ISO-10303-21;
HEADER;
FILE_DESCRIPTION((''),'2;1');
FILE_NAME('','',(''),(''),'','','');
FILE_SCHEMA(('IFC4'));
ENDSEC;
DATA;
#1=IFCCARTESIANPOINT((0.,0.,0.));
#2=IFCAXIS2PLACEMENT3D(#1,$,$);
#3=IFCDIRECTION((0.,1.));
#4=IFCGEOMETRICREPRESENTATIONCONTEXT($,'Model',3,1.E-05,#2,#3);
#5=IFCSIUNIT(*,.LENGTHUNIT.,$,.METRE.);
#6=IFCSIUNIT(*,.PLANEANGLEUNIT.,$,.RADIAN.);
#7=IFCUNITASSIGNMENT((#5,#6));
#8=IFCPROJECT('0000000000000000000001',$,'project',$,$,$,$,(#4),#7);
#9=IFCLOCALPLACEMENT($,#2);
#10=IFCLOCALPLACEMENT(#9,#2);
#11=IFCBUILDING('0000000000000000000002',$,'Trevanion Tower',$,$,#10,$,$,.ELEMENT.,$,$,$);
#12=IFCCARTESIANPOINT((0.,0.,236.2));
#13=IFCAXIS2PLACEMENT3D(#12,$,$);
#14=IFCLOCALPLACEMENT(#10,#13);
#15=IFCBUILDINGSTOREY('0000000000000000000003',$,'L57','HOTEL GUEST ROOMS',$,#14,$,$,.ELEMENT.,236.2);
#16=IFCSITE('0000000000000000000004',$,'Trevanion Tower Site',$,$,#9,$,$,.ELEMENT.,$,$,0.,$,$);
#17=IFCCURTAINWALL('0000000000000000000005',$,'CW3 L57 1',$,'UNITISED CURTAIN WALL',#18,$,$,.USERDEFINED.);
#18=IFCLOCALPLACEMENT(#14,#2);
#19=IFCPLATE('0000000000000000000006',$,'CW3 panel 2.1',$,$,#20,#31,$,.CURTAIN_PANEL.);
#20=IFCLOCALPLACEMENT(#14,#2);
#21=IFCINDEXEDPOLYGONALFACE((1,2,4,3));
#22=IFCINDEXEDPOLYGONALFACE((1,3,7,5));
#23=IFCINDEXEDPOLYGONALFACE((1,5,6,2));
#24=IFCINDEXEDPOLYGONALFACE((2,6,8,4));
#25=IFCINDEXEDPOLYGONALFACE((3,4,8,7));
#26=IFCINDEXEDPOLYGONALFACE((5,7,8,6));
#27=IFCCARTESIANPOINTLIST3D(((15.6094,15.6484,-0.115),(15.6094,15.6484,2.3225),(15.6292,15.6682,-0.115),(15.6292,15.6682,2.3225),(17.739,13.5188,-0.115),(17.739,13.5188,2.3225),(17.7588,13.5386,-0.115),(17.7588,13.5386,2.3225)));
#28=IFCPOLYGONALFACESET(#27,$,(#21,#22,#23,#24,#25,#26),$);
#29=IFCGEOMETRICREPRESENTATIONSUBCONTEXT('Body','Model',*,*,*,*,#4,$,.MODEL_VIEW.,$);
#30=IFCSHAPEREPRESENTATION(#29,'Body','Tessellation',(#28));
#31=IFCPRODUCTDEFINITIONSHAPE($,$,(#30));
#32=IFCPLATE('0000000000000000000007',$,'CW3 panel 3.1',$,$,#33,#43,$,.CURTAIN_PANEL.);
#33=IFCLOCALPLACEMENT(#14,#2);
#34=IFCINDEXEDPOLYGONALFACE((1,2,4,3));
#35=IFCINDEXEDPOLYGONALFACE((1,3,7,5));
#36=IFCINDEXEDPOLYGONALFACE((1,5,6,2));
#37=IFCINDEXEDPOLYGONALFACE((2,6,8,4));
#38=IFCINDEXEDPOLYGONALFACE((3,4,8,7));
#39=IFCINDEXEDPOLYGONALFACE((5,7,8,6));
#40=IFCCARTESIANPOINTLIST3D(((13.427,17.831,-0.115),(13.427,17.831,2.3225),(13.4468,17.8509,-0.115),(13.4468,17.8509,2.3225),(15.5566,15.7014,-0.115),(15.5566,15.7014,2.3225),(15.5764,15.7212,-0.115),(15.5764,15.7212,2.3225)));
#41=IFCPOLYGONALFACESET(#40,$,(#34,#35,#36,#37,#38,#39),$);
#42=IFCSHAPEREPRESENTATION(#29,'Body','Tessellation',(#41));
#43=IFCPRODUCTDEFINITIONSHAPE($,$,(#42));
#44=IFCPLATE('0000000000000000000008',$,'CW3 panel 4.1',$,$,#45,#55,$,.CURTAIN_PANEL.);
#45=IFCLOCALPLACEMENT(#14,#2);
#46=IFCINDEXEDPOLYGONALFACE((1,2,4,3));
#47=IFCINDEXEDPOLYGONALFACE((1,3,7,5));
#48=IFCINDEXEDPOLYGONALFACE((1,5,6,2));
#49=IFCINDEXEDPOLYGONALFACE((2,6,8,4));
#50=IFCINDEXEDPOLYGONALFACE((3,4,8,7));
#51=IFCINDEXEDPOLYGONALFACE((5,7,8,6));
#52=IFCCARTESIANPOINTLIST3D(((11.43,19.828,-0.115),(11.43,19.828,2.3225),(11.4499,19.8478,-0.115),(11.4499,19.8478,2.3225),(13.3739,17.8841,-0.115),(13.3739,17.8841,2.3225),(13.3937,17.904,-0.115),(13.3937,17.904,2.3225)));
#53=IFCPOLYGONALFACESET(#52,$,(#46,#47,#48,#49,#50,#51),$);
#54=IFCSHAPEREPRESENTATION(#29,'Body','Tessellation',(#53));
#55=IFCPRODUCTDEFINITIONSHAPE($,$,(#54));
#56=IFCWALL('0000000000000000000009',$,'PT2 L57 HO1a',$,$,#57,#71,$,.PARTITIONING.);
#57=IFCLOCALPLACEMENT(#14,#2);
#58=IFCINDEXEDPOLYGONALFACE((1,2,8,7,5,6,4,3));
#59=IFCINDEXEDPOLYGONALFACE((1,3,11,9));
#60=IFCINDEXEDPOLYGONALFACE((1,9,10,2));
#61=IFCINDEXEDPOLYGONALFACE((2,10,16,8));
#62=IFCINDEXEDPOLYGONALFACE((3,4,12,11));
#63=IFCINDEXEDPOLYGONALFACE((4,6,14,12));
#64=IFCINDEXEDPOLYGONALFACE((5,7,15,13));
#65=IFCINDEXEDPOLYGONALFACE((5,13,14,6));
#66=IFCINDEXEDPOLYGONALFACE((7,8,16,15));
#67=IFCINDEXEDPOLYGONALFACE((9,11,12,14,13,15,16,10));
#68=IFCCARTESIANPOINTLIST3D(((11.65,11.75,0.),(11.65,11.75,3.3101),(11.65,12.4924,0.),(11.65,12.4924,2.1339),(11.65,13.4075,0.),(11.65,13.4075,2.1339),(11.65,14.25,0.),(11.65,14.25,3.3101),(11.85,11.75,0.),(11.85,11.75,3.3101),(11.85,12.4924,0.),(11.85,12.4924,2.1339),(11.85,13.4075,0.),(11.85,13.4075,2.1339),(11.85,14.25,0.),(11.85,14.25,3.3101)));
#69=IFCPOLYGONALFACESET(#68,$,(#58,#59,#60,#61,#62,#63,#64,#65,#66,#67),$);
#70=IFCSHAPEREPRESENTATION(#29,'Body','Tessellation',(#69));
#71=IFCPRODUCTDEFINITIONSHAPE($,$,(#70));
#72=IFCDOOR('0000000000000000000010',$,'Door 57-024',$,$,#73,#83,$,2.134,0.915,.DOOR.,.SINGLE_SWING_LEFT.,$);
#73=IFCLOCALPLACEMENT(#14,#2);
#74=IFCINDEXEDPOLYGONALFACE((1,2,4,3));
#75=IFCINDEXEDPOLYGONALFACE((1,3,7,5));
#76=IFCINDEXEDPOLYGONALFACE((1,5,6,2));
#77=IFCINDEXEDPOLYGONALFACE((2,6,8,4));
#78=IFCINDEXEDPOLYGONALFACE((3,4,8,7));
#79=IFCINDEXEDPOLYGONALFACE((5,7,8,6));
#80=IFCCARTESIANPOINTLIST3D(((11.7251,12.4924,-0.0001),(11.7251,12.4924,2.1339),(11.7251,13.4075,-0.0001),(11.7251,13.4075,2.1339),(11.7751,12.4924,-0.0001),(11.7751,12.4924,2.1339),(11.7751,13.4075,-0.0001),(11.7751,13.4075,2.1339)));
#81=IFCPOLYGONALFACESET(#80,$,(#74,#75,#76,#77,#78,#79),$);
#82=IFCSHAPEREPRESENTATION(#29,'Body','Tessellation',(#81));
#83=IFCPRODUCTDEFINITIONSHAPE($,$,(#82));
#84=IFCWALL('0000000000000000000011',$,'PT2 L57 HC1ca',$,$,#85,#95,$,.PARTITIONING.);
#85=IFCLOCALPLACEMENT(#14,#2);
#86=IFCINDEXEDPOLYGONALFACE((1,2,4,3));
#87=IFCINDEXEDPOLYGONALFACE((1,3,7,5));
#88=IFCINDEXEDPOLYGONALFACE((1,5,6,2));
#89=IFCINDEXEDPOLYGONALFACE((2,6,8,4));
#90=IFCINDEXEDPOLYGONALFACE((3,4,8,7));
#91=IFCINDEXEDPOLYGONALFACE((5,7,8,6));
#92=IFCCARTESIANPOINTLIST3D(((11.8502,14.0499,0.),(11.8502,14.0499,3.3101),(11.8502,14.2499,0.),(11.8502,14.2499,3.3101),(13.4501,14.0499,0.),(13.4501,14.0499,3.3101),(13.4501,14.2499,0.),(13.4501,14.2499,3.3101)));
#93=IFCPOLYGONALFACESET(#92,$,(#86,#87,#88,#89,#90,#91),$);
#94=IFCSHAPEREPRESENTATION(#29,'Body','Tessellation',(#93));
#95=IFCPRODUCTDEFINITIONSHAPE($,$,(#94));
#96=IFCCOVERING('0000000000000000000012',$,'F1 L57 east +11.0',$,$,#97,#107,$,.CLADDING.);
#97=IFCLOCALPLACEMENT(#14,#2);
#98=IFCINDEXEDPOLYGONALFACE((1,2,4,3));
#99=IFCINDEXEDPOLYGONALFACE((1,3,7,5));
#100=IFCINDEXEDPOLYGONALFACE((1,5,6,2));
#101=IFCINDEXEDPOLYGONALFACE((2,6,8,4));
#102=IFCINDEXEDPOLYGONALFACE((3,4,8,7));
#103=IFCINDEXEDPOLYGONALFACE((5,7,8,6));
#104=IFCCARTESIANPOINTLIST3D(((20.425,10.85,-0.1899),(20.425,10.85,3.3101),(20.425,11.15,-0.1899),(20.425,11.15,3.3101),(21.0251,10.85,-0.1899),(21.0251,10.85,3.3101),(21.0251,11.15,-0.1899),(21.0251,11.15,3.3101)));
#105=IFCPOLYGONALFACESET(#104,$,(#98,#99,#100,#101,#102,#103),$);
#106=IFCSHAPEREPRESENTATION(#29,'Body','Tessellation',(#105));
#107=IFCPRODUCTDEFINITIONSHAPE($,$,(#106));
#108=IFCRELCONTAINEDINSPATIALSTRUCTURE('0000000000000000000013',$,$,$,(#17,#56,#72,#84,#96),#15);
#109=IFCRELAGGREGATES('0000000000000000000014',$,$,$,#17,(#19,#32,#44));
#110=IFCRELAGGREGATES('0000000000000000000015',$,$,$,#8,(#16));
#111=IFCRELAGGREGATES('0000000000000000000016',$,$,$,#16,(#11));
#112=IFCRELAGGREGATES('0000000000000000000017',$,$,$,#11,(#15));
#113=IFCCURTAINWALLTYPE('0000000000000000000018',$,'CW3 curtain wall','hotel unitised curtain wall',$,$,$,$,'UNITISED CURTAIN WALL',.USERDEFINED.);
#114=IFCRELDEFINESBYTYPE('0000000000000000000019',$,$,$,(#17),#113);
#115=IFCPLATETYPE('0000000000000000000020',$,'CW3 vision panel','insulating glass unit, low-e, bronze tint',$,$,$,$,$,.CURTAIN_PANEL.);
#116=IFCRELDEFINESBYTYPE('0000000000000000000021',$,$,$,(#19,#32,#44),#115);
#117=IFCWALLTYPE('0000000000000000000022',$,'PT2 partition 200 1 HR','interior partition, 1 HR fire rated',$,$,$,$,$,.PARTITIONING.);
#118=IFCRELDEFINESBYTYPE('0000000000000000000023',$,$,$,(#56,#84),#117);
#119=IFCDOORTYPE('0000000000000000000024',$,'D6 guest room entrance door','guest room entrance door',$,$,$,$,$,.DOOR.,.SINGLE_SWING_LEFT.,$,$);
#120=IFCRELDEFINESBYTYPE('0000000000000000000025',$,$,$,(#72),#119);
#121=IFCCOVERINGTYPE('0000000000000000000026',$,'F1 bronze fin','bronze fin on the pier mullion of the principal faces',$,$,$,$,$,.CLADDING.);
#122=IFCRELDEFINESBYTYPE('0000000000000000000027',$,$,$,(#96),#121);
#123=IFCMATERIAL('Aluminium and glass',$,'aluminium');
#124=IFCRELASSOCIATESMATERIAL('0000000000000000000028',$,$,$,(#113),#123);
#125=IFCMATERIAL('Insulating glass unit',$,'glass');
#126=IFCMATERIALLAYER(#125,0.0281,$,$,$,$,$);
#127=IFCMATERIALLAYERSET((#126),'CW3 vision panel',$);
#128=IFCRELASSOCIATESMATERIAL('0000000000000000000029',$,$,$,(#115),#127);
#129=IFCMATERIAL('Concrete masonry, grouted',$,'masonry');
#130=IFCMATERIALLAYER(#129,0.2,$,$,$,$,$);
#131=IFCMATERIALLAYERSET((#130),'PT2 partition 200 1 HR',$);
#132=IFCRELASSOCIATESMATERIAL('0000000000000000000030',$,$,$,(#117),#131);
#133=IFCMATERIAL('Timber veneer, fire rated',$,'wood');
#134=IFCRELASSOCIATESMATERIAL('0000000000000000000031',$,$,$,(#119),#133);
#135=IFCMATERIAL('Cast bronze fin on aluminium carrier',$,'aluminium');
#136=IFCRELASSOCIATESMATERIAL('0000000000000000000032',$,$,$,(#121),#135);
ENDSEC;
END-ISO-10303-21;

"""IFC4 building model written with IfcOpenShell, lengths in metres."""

from ifc_helpers import new_model, si_unit, direction, frame, frame_2d, origin, origin_2d, place, context, subcontext, project, spatial, rectangle, extrude, material, layer, layer_set, type_object, element, fill, aggregate, save


model = new_model("IFC4")

# Units and contexts
model_context = context("Model", 3, precision=1e-05, world=origin(), true_north=direction((0.0, 1.0)))
body_context = subcontext(model_context, "Body", "Model", "MODEL_VIEW")
ifc_project = project(units=[si_unit("LENGTHUNIT", "METRE"), si_unit("PLANEANGLEUNIT", "RADIAN")], contexts=[model_context])

# Site, building, storey
site_placement = place(None, origin())
site = spatial("IfcSite", under=ifc_project, at=site_placement, Name="Trevanion Tower Site", CompositionType="ELEMENT", RefElevation=0.0)
building_placement = place(site_placement, origin())
building = spatial("IfcBuilding", under=site, at=building_placement, Name="Trevanion Tower", CompositionType="ELEMENT")
storey_placement = place(building_placement, frame((0.0, 0.0, 236.2)))
storey = spatial("IfcBuildingStorey", under=building, at=storey_placement, Name="L57", Description="HOTEL GUEST ROOMS", CompositionType="ELEMENT", Elevation=236.2)

# Curtain wall
ifc_material_1 = material(Name="Aluminium and glass", Category="aluminium")
curtain_wall_type = type_object("IfcCurtainWallType", Name="CW3 curtain wall", Description="hotel unitised curtain wall", ElementType="UNITISED CURTAIN WALL", PredefinedType="USERDEFINED", material=ifc_material_1)
curtain_wall_1_placement = place(storey_placement, origin())
curtain_wall_1 = element("IfcCurtainWall", 1, at=curtain_wall_1_placement, inside=storey, type_object=curtain_wall_type, Name="CW3 L57 1", ObjectType="UNITISED CURTAIN WALL", PredefinedType="USERDEFINED")

# Plates
ifc_material_2 = material(Name="Insulating glass unit", Category="glass")
ifc_layer_1 = layer(ifc_material_2, 0.0281)
ifc_layer_set_1 = layer_set([ifc_layer_1], Name="CW3 vision panel")
plate_type_1 = type_object("IfcPlateType", Name="CW3 vision panel", Description="insulating glass unit, low-e, bronze tint", PredefinedType="CURTAIN_PANEL", material=ifc_layer_set_1)
plate_1_placement = place(storey_placement, frame((16.6841, 14.5935, -0.115), z_axis=(0.0, 0.0, 1.0), x_axis=(-0.707107, 0.707107, 0.0)))
plate_1 = element("IfcPlate", 2, at=plate_1_placement, type_object=plate_type_1, Name="CW3 panel 2.1", PredefinedType="CURTAIN_PANEL", context=body_context, shape_type="SweptSolid", body=[
    extrude(rectangle(XDim=3.0117, YDim=0.0281, at=origin_2d()), origin(), (0.0, 0.0, 1.0), 2.4375),
])
plate_2_placement = place(storey_placement, frame((14.5017, 16.7761, -0.115), z_axis=(0.0, 0.0, 1.0), x_axis=(-0.707107, 0.707107, 0.0)))
plate_2 = element("IfcPlate", 3, at=plate_2_placement, type_object=plate_type_1, Name="CW3 panel 3.1", PredefinedType="CURTAIN_PANEL", context=body_context, shape_type="SweptSolid", body=[
    extrude(rectangle(XDim=3.0117, YDim=0.0281, at=origin_2d()), origin(), (0.0, 0.0, 1.0), 2.4375),
])
plate_3_placement = place(storey_placement, frame((12.4119, 18.866, -0.115), z_axis=(0.0, 0.0, 1.0), x_axis=(-0.707107, 0.707107, 0.0)))
plate_3 = element("IfcPlate", 4, at=plate_3_placement, type_object=plate_type_1, Name="CW3 panel 4.1", PredefinedType="CURTAIN_PANEL", context=body_context, shape_type="SweptSolid", body=[
    extrude(rectangle(XDim=2.749, YDim=0.0281, at=origin_2d()), origin(), (0.0, 0.0, 1.0), 2.4375),
])
aggregate(curtain_wall_1, [plate_1, plate_2, plate_3])

# Wall, opening, door
ifc_material_3 = material(Name="Concrete masonry, grouted", Category="masonry")
ifc_layer_2 = layer(ifc_material_3, 0.2)
ifc_layer_set_2 = layer_set([ifc_layer_2], Name="PT2 partition 200 1 HR")
wall_type = type_object("IfcWallType", Name="PT2 partition 200 1 HR", Description="interior partition, 1 HR fire rated", PredefinedType="PARTITIONING", material=ifc_layer_set_2)
wall_1_placement = place(storey_placement, frame((11.75, 11.75, 0.0), z_axis=(0.0, 0.0, 1.0), x_axis=(0.0, 1.0, 0.0)))
wall_1 = element("IfcWall", 5, at=wall_1_placement, inside=storey, type_object=wall_type, Name="PT2 L57 HO1a", PredefinedType="PARTITIONING", context=body_context, shape_type="SweptSolid", body=[
    extrude(rectangle(XDim=2.5, YDim=0.2, at=frame_2d((1.25, 0.0))), origin(), (0.0, 0.0, 1.0), 3.3101),
])
opening_placement = place(wall_1_placement, frame((0.7424, 0.0, 0.0)))
opening = element("IfcOpeningElement", 6, at=opening_placement, cuts=wall_1, PredefinedType="OPENING", context=body_context, shape_type="SweptSolid", body=[
    extrude(rectangle(XDim=0.915, YDim=2.134, at=frame_2d((0.4575, 1.0669))), frame((0.0, 0.1099, 0.0), z_axis=(0.0, -1.0, 0.0), x_axis=(1.0, 0.0, 0.0)), (0.0, 0.0, 1.0), 0.22),
])
ifc_material_4 = material(Name="Timber veneer, fire rated", Category="wood")
door_type = type_object("IfcDoorType", Name="D6 guest room entrance door", Description="guest room entrance door", OperationType="SINGLE_SWING_LEFT", PredefinedType="DOOR", material=ifc_material_4)
door_placement = place(opening_placement, origin())
door = element("IfcDoor", 7, at=door_placement, inside=storey, type_object=door_type, Name="Door 57-024", OperationType="SINGLE_SWING_LEFT", OverallHeight=2.134, OverallWidth=0.915, PredefinedType="DOOR", context=body_context, shape_type="SweptSolid", body=[
    extrude(rectangle(XDim=0.915, YDim=2.134, at=frame_2d((0.4575, 1.0669))), frame((0.0, 0.0249, 0.0), z_axis=(0.0, -1.0, 0.0), x_axis=(1.0, 0.0, 0.0)), (0.0, 0.0, 1.0), 0.05),
])
fill(opening, door)

# Wall
wall_2_placement = place(storey_placement, frame((13.45, 14.1499, 0.0), z_axis=(0.0, 0.0, 1.0), x_axis=(-1.0, 0.0, 0.0)))
element("IfcWall", 8, at=wall_2_placement, inside=storey, type_object=wall_type, Name="PT2 L57 HC1ca", PredefinedType="PARTITIONING", context=body_context, shape_type="SweptSolid", body=[
    extrude(rectangle(XDim=1.5999, YDim=0.2, at=frame_2d((0.7998, 0.0))), origin(), (0.0, 0.0, 1.0), 3.3101),
])

# Covering
ifc_material_5 = material(Name="Cast bronze fin on aluminium carrier", Category="aluminium")
covering_type = type_object("IfcCoveringType", Name="F1 bronze fin", Description="bronze fin on the pier mullion of the principal faces", PredefinedType="CLADDING", material=ifc_material_5)
covering_placement = place(storey_placement, frame((20.7251, 11.0, -0.1899), z_axis=(0.0, 0.0, 1.0), x_axis=(0.0, 1.0, 0.0)))
element("IfcCovering", 9, at=covering_placement, inside=storey, type_object=covering_type, Name="F1 L57 east +11.0", PredefinedType="CLADDING", context=body_context, shape_type="SweptSolid", body=[
    extrude(rectangle(XDim=0.3, YDim=0.6001, at=origin_2d()), origin(), (0.0, 0.0, 1.0), 3.5),
])

save(model, "model.ifc")
